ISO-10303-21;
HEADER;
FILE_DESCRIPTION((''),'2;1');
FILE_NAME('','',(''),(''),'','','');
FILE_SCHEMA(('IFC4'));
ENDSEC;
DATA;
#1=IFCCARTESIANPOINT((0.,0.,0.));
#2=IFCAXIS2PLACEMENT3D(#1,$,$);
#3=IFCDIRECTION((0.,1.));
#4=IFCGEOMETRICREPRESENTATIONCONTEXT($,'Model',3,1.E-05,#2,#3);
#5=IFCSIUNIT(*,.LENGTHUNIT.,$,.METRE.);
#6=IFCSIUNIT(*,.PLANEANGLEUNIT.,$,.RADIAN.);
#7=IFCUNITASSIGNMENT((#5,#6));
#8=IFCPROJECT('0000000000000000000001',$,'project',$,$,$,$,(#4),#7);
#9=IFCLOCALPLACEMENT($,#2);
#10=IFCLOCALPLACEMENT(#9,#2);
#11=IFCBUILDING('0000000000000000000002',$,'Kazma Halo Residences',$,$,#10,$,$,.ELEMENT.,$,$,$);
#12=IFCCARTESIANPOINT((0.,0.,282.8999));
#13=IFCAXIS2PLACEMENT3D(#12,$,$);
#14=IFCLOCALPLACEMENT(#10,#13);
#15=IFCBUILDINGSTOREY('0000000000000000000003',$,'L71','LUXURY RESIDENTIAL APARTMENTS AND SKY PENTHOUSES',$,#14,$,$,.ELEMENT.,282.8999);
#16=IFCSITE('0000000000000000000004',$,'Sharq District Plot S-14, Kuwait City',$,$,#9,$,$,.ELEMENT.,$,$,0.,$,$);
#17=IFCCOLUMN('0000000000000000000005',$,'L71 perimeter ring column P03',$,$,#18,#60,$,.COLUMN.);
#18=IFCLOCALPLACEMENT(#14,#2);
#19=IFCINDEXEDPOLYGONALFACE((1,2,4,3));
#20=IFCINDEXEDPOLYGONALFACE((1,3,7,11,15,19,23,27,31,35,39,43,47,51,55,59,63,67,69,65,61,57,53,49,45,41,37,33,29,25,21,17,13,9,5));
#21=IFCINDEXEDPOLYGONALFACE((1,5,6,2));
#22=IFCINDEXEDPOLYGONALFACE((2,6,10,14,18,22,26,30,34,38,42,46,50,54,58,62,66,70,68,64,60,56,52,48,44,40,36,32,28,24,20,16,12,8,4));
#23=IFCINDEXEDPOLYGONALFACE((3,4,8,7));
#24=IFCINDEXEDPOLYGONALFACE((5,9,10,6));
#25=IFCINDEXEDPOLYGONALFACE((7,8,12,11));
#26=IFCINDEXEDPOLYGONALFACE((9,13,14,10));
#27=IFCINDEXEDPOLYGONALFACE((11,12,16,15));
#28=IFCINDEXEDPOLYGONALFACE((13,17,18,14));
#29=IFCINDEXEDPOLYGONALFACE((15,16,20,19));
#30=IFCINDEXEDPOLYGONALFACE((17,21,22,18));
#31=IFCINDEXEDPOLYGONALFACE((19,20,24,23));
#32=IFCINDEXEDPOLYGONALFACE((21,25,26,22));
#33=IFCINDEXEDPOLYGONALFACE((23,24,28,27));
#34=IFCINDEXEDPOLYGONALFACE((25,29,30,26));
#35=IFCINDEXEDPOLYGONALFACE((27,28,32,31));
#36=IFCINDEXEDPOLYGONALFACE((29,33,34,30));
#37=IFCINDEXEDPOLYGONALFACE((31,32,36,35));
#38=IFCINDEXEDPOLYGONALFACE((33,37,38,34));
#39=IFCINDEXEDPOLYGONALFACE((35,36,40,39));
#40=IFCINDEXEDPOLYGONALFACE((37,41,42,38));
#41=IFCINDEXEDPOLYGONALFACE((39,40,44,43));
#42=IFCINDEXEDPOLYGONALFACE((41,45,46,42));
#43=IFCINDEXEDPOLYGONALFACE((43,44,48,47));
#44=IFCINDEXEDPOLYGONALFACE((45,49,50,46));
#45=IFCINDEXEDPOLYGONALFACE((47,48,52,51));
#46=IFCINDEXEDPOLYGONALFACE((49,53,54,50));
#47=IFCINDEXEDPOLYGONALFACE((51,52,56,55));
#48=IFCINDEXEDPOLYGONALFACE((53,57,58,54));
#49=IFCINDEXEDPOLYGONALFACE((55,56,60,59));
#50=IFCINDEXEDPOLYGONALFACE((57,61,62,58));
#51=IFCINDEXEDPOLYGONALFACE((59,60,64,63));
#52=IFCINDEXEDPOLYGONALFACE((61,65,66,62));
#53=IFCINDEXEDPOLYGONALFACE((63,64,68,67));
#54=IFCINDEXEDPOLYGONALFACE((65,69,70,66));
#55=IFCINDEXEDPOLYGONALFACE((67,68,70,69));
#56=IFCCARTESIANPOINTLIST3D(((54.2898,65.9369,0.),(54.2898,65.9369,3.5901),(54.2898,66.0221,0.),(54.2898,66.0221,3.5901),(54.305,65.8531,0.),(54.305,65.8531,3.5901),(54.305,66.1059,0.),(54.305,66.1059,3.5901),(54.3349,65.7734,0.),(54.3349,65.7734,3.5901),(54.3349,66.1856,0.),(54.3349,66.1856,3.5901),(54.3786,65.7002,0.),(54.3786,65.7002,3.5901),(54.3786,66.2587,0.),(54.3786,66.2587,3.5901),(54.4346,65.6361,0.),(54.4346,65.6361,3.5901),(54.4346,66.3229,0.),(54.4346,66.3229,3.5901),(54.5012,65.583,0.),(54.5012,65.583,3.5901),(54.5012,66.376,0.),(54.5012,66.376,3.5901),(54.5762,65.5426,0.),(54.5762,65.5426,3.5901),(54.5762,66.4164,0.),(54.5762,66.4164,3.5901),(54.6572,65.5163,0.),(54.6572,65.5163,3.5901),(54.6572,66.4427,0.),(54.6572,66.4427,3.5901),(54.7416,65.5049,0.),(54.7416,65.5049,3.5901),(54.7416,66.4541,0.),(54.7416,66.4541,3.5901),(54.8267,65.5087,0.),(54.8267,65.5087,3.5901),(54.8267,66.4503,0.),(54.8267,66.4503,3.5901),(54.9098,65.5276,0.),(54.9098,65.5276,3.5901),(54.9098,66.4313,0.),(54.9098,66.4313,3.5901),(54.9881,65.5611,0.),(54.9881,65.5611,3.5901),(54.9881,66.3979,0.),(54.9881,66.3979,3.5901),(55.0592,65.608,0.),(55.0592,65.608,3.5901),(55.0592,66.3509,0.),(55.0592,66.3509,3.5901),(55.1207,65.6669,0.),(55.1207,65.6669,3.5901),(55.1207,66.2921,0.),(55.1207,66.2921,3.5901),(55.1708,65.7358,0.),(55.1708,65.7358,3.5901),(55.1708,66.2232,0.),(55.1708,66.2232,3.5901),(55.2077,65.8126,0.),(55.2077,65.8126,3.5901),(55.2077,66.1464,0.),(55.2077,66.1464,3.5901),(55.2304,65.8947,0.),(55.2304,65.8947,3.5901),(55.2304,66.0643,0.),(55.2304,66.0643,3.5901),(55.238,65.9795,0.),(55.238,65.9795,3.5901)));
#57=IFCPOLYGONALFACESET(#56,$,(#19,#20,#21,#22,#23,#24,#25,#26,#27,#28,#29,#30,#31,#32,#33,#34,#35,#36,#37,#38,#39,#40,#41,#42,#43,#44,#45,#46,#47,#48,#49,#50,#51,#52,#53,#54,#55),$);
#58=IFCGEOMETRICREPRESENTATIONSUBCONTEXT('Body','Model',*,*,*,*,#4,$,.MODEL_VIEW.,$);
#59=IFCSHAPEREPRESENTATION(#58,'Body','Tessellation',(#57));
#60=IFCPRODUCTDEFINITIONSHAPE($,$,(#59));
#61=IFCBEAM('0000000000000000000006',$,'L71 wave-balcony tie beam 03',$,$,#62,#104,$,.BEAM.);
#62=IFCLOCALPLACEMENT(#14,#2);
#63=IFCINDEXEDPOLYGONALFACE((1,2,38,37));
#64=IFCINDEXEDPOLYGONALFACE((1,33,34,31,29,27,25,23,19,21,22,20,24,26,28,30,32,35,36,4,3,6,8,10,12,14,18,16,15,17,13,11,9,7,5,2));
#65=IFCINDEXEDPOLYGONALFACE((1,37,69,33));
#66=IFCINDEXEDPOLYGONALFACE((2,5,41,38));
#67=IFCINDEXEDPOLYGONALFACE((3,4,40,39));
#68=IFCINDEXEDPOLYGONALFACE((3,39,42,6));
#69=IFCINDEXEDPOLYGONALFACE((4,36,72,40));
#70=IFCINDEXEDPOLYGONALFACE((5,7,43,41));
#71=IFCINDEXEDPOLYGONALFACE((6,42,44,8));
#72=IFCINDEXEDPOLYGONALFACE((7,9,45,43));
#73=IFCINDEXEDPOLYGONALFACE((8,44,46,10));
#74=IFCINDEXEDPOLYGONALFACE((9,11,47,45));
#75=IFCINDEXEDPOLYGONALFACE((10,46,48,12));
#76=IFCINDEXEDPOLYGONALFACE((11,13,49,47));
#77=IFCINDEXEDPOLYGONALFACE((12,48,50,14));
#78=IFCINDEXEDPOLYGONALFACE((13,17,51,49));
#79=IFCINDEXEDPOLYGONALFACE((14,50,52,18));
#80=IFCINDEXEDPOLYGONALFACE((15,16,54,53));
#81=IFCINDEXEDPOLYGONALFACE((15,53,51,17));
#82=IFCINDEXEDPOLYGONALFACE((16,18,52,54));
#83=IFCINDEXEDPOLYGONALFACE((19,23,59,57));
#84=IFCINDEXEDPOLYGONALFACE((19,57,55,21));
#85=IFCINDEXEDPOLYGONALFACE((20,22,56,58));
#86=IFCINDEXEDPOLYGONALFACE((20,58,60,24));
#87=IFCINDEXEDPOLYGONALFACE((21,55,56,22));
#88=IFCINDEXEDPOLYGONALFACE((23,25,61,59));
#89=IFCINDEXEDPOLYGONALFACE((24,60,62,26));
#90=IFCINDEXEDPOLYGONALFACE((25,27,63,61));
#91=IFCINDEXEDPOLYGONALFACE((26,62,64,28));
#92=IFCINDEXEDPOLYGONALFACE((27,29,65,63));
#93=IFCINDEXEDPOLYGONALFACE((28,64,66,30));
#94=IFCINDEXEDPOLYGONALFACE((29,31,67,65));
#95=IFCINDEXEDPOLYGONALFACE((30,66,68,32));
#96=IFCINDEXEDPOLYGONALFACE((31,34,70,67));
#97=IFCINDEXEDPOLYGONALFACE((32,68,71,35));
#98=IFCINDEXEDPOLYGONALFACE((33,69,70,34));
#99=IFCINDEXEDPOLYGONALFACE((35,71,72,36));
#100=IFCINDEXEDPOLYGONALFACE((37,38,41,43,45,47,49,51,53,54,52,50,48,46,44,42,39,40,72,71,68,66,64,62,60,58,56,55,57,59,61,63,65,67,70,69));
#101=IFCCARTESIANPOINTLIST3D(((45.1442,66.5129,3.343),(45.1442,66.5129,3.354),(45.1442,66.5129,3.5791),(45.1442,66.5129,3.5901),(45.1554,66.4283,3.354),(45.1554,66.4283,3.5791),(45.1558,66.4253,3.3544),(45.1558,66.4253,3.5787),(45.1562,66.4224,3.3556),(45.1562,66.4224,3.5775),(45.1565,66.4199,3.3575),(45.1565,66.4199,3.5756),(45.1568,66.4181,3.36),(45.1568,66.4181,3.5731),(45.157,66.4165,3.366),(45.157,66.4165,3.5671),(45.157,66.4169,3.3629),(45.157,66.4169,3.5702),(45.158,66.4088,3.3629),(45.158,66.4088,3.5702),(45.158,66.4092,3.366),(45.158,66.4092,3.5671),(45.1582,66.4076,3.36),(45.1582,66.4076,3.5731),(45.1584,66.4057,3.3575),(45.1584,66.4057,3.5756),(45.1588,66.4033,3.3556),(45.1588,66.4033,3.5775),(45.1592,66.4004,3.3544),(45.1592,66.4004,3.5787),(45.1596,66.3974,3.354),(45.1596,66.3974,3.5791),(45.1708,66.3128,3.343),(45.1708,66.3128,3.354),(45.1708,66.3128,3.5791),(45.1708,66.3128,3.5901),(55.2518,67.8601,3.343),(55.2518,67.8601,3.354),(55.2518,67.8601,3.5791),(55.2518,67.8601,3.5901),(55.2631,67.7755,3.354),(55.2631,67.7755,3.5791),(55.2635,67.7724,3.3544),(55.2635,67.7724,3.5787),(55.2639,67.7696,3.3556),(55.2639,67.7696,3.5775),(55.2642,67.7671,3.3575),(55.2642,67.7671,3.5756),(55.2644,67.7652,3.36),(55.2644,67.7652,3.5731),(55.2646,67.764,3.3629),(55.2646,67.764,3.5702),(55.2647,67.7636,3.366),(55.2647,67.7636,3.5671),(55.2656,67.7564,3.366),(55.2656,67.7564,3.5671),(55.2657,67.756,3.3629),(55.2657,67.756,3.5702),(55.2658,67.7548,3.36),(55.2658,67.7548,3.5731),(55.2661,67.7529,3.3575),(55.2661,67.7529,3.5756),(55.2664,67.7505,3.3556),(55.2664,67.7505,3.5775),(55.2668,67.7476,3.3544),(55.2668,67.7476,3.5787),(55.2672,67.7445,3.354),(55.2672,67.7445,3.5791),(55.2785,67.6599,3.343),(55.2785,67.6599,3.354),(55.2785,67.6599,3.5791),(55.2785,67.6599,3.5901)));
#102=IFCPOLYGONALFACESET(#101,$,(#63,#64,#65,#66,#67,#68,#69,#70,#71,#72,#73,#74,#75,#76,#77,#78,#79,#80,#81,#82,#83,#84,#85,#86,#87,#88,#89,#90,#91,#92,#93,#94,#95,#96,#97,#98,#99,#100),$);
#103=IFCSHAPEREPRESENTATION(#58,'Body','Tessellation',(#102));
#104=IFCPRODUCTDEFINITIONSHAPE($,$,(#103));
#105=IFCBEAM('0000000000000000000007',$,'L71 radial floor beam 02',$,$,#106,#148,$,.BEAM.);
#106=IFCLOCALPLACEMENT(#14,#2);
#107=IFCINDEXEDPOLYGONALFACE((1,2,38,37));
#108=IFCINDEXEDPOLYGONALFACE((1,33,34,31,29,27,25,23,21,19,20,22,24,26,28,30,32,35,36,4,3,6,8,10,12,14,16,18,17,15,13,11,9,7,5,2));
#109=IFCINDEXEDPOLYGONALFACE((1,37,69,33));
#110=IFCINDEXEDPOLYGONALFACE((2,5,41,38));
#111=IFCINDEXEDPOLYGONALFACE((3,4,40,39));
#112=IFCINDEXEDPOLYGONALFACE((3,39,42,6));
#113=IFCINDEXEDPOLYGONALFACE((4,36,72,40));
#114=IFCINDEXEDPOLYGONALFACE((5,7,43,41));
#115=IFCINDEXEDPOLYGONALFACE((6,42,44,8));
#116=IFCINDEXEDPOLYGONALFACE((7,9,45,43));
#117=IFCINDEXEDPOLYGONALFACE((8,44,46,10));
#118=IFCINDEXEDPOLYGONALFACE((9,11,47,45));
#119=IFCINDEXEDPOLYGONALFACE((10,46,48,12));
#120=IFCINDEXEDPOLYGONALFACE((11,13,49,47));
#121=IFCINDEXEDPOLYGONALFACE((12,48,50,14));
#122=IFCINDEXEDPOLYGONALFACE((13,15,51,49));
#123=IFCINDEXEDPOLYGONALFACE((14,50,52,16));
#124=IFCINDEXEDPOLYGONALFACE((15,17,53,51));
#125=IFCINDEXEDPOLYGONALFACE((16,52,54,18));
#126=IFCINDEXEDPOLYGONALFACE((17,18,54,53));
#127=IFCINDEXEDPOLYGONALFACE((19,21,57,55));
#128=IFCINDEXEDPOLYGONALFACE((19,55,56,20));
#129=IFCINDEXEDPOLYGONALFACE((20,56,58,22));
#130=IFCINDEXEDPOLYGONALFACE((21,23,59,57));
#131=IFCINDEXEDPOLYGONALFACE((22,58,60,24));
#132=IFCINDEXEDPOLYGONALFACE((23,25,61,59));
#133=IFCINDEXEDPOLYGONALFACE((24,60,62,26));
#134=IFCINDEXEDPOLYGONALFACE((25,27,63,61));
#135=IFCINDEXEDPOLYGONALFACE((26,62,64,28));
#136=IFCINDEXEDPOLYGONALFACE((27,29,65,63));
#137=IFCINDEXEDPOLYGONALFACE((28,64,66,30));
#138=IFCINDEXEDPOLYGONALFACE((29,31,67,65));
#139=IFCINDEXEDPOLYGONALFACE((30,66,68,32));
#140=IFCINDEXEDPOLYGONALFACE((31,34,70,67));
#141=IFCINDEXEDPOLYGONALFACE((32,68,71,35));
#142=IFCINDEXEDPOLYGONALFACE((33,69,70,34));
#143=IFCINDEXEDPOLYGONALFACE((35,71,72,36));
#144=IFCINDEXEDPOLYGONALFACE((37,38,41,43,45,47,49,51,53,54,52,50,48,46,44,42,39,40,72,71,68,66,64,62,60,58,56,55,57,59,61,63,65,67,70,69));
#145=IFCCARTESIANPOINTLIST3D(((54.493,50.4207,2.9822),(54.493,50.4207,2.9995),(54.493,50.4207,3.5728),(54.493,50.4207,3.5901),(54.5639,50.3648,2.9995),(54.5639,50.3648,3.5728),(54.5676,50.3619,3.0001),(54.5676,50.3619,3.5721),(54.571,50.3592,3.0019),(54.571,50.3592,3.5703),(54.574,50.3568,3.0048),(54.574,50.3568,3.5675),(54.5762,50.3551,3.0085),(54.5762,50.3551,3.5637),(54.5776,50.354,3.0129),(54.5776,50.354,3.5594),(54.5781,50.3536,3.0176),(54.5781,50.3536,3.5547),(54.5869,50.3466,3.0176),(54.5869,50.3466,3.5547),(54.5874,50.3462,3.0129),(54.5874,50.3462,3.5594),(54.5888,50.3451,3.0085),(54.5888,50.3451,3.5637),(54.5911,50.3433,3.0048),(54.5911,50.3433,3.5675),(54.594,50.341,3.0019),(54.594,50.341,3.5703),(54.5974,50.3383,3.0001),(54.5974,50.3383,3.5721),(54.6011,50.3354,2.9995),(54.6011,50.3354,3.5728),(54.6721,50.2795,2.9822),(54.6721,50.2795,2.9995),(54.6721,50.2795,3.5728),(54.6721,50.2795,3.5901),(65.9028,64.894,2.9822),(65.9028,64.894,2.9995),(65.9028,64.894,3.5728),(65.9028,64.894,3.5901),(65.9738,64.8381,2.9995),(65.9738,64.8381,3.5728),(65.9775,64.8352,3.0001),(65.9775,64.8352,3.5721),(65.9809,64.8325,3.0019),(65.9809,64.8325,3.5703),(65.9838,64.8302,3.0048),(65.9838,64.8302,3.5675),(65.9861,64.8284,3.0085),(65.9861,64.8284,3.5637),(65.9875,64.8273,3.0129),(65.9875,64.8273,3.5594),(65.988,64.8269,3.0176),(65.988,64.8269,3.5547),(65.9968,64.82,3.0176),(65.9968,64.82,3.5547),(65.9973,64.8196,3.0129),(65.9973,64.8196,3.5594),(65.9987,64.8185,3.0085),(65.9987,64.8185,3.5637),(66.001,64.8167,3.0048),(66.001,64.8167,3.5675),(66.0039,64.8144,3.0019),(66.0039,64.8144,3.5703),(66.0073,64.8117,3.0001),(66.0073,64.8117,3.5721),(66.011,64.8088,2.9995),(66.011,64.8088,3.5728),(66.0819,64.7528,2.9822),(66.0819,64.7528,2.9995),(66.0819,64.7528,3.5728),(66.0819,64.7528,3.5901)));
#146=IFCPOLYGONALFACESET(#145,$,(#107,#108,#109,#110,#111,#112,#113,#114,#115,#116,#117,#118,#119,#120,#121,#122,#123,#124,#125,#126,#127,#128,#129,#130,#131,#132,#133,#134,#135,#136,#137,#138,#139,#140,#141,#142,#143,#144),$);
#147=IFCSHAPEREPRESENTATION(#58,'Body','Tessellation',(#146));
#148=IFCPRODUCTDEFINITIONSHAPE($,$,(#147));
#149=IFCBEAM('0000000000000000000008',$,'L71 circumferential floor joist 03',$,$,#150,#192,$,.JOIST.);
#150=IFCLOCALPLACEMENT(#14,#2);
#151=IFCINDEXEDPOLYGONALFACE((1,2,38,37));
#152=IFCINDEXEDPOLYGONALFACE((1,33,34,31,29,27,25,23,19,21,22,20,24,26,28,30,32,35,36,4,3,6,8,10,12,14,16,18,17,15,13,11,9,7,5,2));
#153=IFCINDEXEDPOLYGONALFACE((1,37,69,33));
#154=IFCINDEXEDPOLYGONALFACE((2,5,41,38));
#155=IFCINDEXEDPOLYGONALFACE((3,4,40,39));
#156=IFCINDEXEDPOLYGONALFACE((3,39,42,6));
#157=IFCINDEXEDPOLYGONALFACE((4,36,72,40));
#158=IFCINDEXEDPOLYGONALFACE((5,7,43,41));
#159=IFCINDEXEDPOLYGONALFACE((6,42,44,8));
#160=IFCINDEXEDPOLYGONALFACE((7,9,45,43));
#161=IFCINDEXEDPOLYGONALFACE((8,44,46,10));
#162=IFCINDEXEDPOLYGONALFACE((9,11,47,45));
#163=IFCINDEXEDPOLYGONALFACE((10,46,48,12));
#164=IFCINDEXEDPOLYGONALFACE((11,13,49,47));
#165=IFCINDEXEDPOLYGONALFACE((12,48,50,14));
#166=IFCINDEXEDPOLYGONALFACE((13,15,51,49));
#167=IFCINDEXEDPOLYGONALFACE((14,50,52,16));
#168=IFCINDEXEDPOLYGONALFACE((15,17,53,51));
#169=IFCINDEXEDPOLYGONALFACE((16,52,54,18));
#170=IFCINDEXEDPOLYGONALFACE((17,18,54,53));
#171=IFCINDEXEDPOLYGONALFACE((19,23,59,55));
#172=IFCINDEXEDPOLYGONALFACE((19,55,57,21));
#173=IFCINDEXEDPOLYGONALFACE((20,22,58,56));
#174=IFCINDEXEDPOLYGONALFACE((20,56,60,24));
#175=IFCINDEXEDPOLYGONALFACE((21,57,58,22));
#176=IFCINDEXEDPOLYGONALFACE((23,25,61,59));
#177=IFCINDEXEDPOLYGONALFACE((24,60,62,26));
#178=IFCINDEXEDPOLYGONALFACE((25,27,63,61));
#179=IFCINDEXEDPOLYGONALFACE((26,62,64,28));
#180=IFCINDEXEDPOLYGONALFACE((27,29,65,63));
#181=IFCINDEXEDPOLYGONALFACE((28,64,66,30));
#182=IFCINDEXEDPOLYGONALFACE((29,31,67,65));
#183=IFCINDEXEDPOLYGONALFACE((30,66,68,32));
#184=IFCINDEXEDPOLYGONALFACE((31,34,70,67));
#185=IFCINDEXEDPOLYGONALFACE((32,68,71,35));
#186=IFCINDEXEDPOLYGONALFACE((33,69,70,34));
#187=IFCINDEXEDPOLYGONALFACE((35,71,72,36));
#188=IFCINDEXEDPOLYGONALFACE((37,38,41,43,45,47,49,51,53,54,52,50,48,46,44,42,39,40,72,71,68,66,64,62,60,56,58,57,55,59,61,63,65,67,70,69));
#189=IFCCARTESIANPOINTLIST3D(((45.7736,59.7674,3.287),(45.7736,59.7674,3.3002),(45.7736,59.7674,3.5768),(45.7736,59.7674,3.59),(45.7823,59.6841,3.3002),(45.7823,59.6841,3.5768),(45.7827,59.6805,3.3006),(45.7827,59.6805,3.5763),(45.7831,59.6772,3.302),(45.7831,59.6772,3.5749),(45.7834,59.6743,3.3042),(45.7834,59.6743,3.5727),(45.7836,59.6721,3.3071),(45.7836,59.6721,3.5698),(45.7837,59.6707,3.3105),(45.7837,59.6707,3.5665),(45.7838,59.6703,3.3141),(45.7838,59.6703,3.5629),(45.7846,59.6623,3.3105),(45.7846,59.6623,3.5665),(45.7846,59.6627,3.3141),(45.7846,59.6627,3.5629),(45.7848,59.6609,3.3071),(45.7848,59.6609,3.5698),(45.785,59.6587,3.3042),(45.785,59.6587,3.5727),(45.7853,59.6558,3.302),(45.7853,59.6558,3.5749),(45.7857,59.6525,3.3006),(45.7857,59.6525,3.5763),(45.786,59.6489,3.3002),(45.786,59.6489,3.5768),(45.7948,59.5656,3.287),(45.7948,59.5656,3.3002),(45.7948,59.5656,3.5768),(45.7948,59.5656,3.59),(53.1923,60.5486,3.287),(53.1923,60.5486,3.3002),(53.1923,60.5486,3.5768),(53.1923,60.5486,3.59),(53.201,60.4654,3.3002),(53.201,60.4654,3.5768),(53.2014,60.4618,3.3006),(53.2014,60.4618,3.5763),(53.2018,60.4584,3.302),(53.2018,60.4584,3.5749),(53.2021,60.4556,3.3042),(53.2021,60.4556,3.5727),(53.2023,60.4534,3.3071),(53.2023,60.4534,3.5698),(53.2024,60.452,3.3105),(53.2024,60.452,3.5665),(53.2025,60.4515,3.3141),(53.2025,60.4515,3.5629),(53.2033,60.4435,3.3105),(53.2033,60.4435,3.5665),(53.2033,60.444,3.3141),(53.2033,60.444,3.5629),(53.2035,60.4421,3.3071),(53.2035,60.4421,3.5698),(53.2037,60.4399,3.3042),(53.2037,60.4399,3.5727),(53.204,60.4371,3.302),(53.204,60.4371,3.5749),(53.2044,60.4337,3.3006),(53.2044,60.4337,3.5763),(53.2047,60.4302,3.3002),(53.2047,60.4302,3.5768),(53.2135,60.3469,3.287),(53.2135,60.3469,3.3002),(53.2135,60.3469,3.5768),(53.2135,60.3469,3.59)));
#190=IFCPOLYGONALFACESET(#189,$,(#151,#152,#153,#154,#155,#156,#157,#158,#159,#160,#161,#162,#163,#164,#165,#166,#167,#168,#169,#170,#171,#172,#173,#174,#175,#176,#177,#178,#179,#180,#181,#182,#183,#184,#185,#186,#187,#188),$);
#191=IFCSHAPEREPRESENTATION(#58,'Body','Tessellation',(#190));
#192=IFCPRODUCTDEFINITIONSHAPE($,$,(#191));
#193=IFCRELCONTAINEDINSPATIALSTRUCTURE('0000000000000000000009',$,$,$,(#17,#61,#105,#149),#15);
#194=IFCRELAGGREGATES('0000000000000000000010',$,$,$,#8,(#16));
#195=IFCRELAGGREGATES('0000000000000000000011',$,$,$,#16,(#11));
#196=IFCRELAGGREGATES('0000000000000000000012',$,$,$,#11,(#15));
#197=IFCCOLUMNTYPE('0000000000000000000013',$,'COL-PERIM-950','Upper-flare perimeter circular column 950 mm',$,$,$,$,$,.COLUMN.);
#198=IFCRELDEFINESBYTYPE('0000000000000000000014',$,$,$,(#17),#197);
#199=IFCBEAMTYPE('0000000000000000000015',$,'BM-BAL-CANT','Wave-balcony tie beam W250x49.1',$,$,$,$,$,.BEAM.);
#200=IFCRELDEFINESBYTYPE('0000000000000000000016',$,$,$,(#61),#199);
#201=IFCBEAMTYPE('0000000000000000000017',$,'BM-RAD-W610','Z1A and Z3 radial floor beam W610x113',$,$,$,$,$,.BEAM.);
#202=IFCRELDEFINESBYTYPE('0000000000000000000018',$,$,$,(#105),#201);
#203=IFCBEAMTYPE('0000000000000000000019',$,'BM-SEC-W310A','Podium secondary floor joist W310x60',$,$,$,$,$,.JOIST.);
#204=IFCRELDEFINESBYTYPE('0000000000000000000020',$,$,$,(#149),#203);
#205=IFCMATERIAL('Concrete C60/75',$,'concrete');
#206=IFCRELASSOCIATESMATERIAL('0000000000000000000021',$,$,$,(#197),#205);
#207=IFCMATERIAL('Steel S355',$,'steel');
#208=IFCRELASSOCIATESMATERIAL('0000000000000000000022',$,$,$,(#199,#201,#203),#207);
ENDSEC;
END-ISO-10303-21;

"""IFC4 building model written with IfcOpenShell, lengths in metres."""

from ifc_helpers import new_model, si_unit, direction, frame, origin, origin_2d, place, context, subcontext, project, spatial, circle, i_section, extrude, material, material_profile, profile_set, type_object, element, save


model = new_model("IFC4")

# Units and contexts
model_context = context("Model", 3, precision=1e-05, world=origin(), true_north=direction((0.0, 1.0)))
body_context = subcontext(model_context, "Body", "Model", "MODEL_VIEW")
ifc_project = project(units=[si_unit("LENGTHUNIT", "METRE"), si_unit("PLANEANGLEUNIT", "RADIAN")], contexts=[model_context])

# Site, building, storey
site_placement = place(None, origin())
site = spatial("IfcSite", under=ifc_project, at=site_placement, Name="Sharq District Plot S-14, Kuwait City", CompositionType="ELEMENT", RefElevation=0.0)
building_placement = place(site_placement, origin())
building = spatial("IfcBuilding", under=site, at=building_placement, Name="Kazma Halo Residences", CompositionType="ELEMENT")
storey_placement = place(building_placement, frame((0.0, 0.0, 282.8999)))
storey = spatial("IfcBuildingStorey", under=building, at=storey_placement, Name="L71", Description="LUXURY RESIDENTIAL APARTMENTS AND SKY PENTHOUSES", CompositionType="ELEMENT", Elevation=282.8999)

# Column
ifc_material_1 = material(Name="Concrete C60/75", Category="concrete")
ifc_material_profile_1 = material_profile(ifc_material_1, circle(Radius=0.4751, at=origin_2d()), Name="CIRC950")
ifc_profile_set_1 = profile_set([ifc_material_profile_1], Name="Concrete C60/75")
column_type = type_object("IfcColumnType", Name="COL-PERIM-950", Description="Upper-flare perimeter circular column 950 mm", PredefinedType="COLUMN", material=ifc_profile_set_1)
column_placement = place(storey_placement, frame((54.7629, 65.9795, 0.0), z_axis=(0.0, 0.0, 1.0), x_axis=(1.0, 0.0, 0.0)))
element("IfcColumn", 1, at=column_placement, inside=storey, type_object=column_type, Name="L71 perimeter ring column P03", PredefinedType="COLUMN", context=body_context, shape_type="SweptSolid", body=[
    extrude(circle(Radius=0.4751, at=origin_2d()), origin(), (0.0, 0.0, 1.0), 3.5901),
])

# Beams
ifc_material_2 = material(Name="Steel S355", Category="steel")
ifc_material_profile_2 = material_profile(ifc_material_2, i_section(OverallWidth=0.2019, OverallDepth=0.2471, WebThickness=0.0073, FlangeThickness=0.011, FilletRadius=0.012, at=origin_2d()), Name="W250x49.1")
ifc_profile_set_2 = profile_set([ifc_material_profile_2], Name="Steel S355")
beam_type_1 = type_object("IfcBeamType", Name="BM-BAL-CANT", Description="Wave-balcony tie beam W250x49.1", PredefinedType="BEAM", material=ifc_profile_set_2)
beam_1_placement = place(storey_placement, frame((55.2651, 67.76, 3.4666), z_axis=(-0.991235, -0.132114, 0.0), x_axis=(0.132114, -0.991235, 0.0)))
element("IfcBeam", 2, at=beam_1_placement, inside=storey, type_object=beam_type_1, Name="L71 wave-balcony tie beam 03", PredefinedType="BEAM", context=body_context, shape_type="SweptSolid", body=[
    extrude(i_section(OverallWidth=0.2019, OverallDepth=0.2471, WebThickness=0.0073, FlangeThickness=0.011, FilletRadius=0.012, at=origin_2d()), origin(), (0.0, 0.0, 1.0), 10.197),
])
ifc_material_profile_3 = material_profile(ifc_material_2, i_section(OverallWidth=0.228, OverallDepth=0.6079, WebThickness=0.0112, FlangeThickness=0.0173, FilletRadius=0.0181, at=origin_2d()), Name="W610x113")
ifc_profile_set_3 = profile_set([ifc_material_profile_3], Name="Steel S355")
beam_type_2 = type_object("IfcBeamType", Name="BM-RAD-W610", Description="Z1A and Z3 radial floor beam W610x113", PredefinedType="BEAM", material=ifc_profile_set_3)
beam_2_placement = place(storey_placement, frame((54.5825, 50.3501, 3.2861), z_axis=(0.619094, 0.785317, 0.0), x_axis=(-0.785317, 0.619094, 0.0)))
element("IfcBeam", 3, at=beam_2_placement, inside=storey, type_object=beam_type_2, Name="L71 radial floor beam 02", PredefinedType="BEAM", context=body_context, shape_type="SweptSolid", body=[
    extrude(i_section(OverallWidth=0.228, OverallDepth=0.6079, WebThickness=0.0112, FlangeThickness=0.0173, FilletRadius=0.0181, at=origin_2d()), origin(), (0.0, 0.0, 1.0), 18.4299),
])
ifc_material_profile_4 = material_profile(ifc_material_2, i_section(OverallWidth=0.2029, OverallDepth=0.303, WebThickness=0.0076, FlangeThickness=0.0132, FilletRadius=0.0139, at=origin_2d()), Name="W310x60")
ifc_profile_set_4 = profile_set([ifc_material_profile_4], Name="Steel S355")
beam_type_3 = type_object("IfcBeamType", Name="BM-SEC-W310A", Description="Podium secondary floor joist W310x60", PredefinedType="JOIST", material=ifc_profile_set_4)
beam_3_placement = place(storey_placement, frame((53.2029, 60.4478, 3.4385), z_axis=(-0.994501, -0.104729, 0.0), x_axis=(0.104729, -0.994501, 0.0)))
element("IfcBeam", 4, at=beam_3_placement, inside=storey, type_object=beam_type_3, Name="L71 circumferential floor joist 03", PredefinedType="JOIST", context=body_context, shape_type="SweptSolid", body=[
    extrude(i_section(OverallWidth=0.2029, OverallDepth=0.303, WebThickness=0.0076, FlangeThickness=0.0132, FilletRadius=0.0139, at=origin_2d()), origin(), (0.0, 0.0, 1.0), 7.4597),
])

save(model, "model.ifc")
